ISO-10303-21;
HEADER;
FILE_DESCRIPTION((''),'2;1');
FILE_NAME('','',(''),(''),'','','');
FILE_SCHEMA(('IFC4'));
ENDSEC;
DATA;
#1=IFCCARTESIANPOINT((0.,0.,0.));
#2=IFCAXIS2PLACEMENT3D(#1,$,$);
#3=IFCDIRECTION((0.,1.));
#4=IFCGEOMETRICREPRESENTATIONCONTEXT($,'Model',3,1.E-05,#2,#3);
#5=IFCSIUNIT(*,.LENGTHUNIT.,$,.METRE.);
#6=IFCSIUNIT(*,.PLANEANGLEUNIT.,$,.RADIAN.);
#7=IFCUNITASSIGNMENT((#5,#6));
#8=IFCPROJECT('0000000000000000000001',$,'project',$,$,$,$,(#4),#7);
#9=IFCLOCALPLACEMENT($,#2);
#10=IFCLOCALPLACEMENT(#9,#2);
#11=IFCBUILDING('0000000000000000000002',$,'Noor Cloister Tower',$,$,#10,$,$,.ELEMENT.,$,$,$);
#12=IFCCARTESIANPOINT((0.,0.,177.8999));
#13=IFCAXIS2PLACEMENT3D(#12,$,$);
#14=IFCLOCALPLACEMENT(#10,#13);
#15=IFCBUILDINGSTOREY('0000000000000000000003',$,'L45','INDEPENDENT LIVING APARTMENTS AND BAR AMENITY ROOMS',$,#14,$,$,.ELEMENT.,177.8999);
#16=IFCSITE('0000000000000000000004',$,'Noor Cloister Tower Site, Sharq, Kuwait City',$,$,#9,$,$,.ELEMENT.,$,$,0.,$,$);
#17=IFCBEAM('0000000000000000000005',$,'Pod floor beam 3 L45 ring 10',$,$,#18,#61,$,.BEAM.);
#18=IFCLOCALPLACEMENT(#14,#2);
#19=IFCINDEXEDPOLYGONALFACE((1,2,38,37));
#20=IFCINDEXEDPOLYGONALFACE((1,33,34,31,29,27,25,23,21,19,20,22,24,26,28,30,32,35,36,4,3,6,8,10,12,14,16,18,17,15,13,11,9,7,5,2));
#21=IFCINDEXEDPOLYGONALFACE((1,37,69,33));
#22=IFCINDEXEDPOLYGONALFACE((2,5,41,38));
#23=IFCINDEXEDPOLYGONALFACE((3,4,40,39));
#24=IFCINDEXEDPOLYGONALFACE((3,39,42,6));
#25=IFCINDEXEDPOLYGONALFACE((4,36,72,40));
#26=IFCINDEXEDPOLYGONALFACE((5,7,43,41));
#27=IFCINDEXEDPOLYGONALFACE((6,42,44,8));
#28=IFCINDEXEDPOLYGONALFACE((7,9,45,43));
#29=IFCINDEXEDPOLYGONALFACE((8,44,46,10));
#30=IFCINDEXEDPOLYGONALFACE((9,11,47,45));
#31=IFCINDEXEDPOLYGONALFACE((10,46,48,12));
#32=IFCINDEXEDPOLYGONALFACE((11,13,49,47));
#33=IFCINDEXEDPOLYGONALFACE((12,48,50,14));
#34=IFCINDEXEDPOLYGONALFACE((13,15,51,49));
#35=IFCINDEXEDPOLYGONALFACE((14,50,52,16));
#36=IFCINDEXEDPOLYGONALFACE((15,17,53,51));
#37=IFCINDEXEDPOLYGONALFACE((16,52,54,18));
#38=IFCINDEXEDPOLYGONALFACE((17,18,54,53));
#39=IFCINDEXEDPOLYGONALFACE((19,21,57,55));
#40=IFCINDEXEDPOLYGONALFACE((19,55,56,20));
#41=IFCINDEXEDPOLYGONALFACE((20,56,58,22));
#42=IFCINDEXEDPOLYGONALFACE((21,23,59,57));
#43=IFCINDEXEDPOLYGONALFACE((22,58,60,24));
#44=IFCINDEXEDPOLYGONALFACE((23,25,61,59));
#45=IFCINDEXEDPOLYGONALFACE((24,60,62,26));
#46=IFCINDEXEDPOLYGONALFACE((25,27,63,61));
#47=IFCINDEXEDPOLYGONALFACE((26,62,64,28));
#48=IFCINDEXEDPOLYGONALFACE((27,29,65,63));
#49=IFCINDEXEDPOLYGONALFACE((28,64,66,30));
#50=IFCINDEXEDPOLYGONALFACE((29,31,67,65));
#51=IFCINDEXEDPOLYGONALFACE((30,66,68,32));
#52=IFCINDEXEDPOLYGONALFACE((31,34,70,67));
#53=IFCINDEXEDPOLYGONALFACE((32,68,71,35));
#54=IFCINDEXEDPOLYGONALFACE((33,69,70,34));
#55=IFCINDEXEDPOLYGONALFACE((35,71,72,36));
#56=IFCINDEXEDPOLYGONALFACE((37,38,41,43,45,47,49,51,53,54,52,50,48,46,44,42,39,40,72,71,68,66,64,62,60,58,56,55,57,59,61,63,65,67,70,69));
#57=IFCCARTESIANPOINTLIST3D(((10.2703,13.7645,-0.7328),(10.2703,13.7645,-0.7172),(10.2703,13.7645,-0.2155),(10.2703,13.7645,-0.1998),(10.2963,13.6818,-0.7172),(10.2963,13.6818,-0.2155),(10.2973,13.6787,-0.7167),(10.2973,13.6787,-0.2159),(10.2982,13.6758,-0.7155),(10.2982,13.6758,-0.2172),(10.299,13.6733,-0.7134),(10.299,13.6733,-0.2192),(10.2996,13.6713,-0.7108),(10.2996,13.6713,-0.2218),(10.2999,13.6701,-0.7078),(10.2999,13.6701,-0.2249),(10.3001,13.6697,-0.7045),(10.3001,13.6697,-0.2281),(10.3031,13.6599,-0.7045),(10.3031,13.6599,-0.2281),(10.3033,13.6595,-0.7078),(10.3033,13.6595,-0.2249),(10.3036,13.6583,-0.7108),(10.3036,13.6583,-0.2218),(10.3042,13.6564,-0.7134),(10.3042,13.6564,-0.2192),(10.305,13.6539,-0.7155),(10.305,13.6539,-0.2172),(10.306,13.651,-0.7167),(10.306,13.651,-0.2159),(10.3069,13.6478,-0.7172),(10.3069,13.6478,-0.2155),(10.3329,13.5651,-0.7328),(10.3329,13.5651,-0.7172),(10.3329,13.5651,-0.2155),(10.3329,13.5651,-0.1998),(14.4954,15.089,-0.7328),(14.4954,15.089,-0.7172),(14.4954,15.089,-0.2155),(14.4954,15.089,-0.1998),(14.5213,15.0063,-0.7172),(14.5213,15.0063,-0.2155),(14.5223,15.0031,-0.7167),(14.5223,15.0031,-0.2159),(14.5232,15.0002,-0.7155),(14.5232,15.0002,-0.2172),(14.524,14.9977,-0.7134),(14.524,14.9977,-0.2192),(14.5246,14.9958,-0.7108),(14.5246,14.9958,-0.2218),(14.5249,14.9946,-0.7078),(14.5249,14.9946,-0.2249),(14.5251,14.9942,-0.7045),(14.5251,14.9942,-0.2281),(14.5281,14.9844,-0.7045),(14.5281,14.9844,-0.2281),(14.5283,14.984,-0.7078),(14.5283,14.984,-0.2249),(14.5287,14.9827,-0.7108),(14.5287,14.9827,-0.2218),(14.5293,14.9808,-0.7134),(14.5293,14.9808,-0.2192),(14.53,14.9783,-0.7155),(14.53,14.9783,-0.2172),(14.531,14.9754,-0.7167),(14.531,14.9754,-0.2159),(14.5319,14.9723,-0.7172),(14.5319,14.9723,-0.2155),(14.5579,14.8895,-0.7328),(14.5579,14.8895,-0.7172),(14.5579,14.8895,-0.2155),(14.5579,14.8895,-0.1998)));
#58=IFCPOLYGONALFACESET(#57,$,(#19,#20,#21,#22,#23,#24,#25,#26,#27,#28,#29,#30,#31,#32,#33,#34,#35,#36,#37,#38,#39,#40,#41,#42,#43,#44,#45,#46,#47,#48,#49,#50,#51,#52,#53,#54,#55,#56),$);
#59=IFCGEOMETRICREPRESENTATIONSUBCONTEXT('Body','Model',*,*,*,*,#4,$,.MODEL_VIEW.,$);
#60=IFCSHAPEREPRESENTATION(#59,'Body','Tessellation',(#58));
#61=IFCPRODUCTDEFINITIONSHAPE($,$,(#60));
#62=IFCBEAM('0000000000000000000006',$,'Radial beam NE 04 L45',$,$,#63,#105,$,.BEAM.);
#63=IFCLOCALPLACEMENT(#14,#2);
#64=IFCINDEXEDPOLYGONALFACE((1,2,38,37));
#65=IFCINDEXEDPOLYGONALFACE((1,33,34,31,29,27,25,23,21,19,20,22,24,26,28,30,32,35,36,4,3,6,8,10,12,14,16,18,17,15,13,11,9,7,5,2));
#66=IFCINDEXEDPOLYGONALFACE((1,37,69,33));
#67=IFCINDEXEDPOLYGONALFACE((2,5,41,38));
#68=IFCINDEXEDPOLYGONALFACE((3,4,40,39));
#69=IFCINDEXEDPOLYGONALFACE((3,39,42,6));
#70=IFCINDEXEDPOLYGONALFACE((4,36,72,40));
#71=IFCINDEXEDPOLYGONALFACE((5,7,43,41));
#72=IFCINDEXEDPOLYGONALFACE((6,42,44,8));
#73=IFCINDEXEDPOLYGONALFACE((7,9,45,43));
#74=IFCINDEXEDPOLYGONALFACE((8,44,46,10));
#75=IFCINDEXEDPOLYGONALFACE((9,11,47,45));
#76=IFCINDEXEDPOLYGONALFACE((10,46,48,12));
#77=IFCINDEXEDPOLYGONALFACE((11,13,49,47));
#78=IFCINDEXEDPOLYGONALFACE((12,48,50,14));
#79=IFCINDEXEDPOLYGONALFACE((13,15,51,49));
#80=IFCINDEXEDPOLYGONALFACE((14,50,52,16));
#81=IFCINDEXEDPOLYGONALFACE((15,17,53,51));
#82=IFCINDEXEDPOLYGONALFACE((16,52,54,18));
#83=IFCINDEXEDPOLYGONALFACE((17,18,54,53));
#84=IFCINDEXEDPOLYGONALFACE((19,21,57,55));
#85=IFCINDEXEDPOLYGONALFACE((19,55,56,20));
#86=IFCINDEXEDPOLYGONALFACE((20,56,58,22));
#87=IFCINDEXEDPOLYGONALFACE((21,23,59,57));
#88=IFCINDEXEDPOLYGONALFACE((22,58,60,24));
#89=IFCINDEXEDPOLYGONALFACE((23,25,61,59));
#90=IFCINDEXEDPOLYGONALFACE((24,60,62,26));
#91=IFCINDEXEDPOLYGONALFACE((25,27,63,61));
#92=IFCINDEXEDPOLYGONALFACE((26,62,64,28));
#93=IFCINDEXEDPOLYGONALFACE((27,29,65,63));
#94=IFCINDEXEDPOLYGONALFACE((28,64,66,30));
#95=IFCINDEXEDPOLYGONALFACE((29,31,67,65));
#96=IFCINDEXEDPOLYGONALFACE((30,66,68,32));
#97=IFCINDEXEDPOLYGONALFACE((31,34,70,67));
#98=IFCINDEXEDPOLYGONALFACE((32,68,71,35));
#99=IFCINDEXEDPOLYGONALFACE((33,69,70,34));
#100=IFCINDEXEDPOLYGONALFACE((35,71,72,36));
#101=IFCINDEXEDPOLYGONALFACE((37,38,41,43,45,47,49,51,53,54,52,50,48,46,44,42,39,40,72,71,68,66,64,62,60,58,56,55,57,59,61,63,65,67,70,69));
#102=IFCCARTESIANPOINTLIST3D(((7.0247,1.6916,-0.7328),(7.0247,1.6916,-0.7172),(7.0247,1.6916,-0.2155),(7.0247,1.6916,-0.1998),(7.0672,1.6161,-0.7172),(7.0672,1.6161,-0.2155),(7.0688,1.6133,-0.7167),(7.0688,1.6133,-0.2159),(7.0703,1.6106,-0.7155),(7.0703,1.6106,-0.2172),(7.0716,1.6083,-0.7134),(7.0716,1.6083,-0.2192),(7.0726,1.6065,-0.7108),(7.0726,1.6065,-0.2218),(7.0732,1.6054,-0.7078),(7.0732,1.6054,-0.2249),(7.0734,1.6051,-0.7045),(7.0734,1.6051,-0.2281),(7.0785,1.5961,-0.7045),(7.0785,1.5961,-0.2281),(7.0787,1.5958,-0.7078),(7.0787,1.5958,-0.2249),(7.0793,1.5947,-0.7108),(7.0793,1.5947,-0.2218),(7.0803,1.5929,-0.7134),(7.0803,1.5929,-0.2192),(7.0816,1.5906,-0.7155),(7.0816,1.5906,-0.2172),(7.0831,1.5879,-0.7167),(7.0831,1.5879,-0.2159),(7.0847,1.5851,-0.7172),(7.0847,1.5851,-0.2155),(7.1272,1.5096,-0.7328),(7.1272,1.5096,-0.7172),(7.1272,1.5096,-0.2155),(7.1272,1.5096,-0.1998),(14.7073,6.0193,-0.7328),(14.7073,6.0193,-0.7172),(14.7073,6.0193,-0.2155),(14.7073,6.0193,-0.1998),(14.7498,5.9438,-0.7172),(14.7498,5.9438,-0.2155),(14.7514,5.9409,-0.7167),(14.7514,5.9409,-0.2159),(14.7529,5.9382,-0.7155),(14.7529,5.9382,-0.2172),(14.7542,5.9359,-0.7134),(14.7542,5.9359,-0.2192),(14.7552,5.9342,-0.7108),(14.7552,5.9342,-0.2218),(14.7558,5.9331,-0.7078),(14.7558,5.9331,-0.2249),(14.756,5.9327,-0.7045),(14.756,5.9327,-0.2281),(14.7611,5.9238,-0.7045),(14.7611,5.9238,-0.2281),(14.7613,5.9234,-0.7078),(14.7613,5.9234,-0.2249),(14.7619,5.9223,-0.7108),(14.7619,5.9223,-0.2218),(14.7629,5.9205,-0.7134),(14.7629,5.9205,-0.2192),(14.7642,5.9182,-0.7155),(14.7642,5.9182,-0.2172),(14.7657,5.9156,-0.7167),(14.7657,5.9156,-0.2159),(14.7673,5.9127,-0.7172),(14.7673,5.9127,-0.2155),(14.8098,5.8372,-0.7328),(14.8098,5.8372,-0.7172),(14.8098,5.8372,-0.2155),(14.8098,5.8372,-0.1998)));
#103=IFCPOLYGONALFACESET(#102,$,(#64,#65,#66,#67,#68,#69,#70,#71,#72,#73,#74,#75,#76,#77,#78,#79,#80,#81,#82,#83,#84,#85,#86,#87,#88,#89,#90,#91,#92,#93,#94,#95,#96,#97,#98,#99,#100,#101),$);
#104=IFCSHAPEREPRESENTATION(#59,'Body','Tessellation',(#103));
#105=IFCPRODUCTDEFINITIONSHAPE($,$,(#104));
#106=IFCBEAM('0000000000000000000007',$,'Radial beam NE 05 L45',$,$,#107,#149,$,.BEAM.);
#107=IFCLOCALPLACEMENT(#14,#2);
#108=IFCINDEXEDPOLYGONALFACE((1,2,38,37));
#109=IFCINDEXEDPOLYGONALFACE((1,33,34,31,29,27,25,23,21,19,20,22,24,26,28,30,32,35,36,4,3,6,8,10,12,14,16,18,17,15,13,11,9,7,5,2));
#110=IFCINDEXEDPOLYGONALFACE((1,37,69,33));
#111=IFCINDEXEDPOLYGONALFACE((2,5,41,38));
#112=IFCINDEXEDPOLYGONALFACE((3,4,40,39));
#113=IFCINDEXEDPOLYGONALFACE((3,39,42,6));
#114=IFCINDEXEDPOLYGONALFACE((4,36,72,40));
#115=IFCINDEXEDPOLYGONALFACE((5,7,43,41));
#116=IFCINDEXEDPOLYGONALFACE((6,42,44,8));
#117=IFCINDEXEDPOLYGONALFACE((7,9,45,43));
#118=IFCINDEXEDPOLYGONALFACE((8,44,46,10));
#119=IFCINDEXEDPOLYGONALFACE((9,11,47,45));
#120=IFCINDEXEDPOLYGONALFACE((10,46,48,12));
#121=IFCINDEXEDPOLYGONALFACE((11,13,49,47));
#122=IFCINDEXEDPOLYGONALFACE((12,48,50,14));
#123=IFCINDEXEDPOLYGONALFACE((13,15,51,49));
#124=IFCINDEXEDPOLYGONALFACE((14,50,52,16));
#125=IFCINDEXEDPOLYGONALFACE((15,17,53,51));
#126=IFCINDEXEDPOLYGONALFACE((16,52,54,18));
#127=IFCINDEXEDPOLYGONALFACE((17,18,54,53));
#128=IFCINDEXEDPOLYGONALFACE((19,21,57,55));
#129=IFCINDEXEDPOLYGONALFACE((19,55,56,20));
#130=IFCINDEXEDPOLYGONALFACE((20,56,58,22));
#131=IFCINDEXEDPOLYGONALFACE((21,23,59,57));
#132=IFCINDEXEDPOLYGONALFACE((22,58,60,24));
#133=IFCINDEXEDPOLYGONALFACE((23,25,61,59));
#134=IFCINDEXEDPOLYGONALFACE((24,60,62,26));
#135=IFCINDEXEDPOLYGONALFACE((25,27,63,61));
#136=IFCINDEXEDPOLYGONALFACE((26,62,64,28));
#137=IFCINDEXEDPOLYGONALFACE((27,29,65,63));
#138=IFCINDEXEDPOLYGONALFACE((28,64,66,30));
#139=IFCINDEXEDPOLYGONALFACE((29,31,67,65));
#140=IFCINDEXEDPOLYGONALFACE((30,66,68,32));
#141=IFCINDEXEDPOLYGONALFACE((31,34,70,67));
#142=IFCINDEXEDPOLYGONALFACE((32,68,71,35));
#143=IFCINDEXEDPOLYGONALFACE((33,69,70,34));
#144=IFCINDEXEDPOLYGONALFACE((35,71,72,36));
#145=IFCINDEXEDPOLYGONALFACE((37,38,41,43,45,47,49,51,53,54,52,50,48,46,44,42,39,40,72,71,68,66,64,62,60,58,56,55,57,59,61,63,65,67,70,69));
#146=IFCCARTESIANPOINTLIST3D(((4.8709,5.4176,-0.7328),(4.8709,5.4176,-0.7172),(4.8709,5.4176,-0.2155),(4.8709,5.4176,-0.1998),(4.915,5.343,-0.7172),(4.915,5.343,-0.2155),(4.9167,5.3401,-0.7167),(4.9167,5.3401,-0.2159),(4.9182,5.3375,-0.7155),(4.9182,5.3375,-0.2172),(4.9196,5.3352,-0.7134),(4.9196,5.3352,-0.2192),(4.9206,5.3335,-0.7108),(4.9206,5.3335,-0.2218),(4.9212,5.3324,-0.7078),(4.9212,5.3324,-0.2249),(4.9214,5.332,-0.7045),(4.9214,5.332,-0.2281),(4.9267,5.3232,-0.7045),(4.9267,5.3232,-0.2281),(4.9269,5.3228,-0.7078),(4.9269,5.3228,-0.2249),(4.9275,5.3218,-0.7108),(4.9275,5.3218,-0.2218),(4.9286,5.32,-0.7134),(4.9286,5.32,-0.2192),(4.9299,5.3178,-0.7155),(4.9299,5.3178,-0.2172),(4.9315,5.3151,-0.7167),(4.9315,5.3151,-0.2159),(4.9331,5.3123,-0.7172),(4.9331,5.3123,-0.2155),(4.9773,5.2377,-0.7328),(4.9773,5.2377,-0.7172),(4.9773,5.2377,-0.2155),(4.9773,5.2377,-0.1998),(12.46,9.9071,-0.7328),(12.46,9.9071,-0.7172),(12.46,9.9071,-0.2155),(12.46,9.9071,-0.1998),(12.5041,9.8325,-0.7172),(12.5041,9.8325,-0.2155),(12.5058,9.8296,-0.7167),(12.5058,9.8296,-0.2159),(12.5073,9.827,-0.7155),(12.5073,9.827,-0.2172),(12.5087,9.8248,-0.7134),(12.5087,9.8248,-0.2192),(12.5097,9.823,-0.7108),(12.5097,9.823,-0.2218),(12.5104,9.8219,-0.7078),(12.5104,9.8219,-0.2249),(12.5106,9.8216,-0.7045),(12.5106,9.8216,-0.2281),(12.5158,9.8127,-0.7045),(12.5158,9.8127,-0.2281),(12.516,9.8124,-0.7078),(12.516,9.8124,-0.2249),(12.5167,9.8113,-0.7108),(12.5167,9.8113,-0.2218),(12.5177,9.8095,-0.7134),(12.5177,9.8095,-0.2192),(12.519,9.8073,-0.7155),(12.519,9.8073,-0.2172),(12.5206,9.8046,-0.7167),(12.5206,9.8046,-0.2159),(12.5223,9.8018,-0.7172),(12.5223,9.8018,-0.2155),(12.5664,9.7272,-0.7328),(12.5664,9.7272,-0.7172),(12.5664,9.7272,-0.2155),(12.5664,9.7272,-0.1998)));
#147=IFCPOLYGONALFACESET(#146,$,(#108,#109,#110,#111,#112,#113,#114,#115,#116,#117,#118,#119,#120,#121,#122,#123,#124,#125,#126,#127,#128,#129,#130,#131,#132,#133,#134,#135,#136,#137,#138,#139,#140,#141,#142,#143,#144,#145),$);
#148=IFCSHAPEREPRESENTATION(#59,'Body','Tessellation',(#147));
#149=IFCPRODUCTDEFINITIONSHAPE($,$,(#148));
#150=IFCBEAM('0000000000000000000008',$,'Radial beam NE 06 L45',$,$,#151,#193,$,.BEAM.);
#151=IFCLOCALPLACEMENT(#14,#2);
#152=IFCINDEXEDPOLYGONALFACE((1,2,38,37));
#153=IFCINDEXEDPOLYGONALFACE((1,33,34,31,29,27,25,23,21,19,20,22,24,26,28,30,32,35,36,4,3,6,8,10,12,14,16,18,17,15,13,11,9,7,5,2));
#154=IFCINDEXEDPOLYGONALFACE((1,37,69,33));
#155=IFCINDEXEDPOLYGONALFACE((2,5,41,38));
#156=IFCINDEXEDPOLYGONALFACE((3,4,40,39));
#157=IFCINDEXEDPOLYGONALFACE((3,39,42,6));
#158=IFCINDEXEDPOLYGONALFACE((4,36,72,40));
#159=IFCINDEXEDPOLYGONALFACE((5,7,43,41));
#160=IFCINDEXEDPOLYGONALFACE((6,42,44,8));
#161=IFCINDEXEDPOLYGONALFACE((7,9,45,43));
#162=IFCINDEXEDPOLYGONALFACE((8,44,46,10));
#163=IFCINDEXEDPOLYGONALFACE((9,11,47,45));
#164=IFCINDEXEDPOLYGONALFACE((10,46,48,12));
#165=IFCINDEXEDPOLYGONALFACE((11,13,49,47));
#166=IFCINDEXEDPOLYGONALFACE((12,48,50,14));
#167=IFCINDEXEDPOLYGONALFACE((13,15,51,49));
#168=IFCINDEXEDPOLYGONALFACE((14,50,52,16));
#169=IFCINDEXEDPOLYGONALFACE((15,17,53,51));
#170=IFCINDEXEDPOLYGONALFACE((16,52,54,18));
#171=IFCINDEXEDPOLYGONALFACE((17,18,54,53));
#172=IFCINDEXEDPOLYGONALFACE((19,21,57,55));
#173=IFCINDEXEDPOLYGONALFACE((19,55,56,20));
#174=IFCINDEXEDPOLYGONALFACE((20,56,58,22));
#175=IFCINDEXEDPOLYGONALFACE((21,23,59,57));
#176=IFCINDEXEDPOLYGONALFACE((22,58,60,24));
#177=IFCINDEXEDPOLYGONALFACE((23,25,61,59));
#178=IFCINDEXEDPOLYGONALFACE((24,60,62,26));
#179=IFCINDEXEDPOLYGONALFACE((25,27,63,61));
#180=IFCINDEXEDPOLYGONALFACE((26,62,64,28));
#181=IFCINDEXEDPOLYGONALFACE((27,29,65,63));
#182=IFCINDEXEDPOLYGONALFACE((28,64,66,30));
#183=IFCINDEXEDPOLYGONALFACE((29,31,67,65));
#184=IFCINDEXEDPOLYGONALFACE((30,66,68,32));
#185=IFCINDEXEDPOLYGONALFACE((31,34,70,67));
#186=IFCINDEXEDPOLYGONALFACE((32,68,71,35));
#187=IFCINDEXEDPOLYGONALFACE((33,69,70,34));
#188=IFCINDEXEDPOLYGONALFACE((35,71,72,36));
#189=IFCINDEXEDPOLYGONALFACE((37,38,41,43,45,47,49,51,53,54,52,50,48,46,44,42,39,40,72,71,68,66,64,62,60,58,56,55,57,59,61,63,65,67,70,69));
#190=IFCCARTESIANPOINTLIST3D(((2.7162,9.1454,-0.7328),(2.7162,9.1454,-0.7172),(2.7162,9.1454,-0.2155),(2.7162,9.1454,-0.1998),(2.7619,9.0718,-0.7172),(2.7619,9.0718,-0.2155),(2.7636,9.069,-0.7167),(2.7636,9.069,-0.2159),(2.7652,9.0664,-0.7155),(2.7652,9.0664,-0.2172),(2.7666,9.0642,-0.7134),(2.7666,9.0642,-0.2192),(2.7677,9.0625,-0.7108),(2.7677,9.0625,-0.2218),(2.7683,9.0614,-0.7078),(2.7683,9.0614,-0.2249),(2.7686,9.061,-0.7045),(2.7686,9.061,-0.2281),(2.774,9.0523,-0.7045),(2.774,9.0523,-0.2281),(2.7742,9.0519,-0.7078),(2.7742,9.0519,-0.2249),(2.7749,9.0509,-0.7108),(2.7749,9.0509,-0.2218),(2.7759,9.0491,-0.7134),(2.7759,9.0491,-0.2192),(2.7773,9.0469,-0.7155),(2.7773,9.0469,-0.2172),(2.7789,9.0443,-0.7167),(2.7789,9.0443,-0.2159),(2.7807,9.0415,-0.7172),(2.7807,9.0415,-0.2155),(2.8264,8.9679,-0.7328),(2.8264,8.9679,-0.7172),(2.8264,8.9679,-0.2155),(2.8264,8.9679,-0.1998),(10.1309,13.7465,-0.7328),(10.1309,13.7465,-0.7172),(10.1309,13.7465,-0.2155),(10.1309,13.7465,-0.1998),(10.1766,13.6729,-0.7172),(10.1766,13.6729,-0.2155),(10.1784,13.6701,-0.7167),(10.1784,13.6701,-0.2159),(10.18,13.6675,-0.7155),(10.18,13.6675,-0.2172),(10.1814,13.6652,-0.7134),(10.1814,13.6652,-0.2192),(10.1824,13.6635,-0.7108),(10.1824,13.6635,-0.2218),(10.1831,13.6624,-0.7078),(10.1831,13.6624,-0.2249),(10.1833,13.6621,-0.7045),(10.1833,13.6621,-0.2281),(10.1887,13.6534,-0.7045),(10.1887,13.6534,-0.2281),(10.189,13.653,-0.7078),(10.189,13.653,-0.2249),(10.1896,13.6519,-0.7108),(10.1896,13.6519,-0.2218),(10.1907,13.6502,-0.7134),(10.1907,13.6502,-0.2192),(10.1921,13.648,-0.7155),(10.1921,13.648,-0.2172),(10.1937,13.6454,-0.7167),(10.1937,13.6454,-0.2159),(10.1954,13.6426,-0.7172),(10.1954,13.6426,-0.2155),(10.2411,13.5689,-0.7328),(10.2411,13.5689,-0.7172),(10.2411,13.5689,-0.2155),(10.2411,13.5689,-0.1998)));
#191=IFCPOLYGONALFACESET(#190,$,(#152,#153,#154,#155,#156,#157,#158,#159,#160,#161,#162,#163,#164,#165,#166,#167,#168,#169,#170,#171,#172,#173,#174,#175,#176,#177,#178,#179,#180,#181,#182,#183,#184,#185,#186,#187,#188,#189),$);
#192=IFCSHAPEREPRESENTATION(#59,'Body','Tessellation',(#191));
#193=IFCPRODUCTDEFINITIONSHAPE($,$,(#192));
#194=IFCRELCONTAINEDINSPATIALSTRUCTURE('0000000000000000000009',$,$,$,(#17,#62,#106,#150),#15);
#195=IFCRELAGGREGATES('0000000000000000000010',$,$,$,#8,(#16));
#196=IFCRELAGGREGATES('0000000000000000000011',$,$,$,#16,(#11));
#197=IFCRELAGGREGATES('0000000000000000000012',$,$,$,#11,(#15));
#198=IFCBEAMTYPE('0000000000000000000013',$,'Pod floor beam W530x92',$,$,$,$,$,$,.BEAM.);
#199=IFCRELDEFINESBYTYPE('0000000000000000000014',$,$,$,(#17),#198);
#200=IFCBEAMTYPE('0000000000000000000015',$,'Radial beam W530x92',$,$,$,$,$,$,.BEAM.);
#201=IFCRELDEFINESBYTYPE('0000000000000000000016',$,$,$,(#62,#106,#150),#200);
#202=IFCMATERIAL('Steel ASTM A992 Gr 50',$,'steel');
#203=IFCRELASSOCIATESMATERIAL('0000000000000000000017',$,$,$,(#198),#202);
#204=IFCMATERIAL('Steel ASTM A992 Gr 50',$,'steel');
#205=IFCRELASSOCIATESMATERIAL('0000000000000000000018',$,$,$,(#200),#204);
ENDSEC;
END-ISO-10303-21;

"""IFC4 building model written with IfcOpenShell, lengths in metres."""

from ifc_helpers import new_model, si_unit, direction, frame, origin, origin_2d, place, context, subcontext, project, spatial, i_section, extrude, material, material_profile, profile_set, type_object, element, save


model = new_model("IFC4")

# Units and contexts
model_context = context("Model", 3, precision=1e-05, world=origin(), true_north=direction((0.0, 1.0)))
body_context = subcontext(model_context, "Body", "Model", "MODEL_VIEW")
ifc_project = project(units=[si_unit("LENGTHUNIT", "METRE"), si_unit("PLANEANGLEUNIT", "RADIAN")], contexts=[model_context])

# Site, building, storey
site_placement = place(None, origin())
site = spatial("IfcSite", under=ifc_project, at=site_placement, Name="Noor Cloister Tower Site, Sharq, Kuwait City", CompositionType="ELEMENT", RefElevation=0.0)
building_placement = place(site_placement, origin())
building = spatial("IfcBuilding", under=site, at=building_placement, Name="Noor Cloister Tower", CompositionType="ELEMENT")
storey_placement = place(building_placement, frame((0.0, 0.0, 177.8999)))
storey = spatial("IfcBuildingStorey", under=building, at=storey_placement, Name="L45", Description="INDEPENDENT LIVING APARTMENTS AND BAR AMENITY ROOMS", CompositionType="ELEMENT", Elevation=177.8999)

# Beams
ifc_material_1 = material(Name="Steel ASTM A992 Gr 50", Category="steel")
ifc_material_profile_1 = material_profile(ifc_material_1, i_section(OverallWidth=0.209, OverallDepth=0.533, WebThickness=0.0103, FlangeThickness=0.0156, FilletRadius=0.0127, at=origin_2d()), Name="W530x92")
ifc_profile_set_1 = profile_set([ifc_material_profile_1], Name="Steel ASTM A992 Gr 50")
beam_type_1 = type_object("IfcBeamType", Name="Pod floor beam W530x92", PredefinedType="BEAM", material=ifc_profile_set_1)
beam_1_placement = place(storey_placement, frame((14.5266, 14.9893, -0.4663), z_axis=(-0.954215, -0.299123, 0.0), x_axis=(0.299123, -0.954215, 0.0)))
element("IfcBeam", 1, at=beam_1_placement, inside=storey, type_object=beam_type_1, Name="Pod floor beam 3 L45 ring 10", PredefinedType="BEAM", context=body_context, shape_type="SweptSolid", body=[
    extrude(i_section(OverallWidth=0.209, OverallDepth=0.533, WebThickness=0.0103, FlangeThickness=0.0156, FilletRadius=0.0127, at=origin_2d()), origin(), (0.0, 0.0, 1.0), 4.4277),
])
ifc_material_2 = material(Name="Steel ASTM A992 Gr 50", Category="steel")
ifc_material_profile_2 = material_profile(ifc_material_2, i_section(OverallWidth=0.209, OverallDepth=0.533, WebThickness=0.0103, FlangeThickness=0.0156, FilletRadius=0.0127, at=origin_2d()), Name="W530x92")
ifc_profile_set_2 = profile_set([ifc_material_profile_2], Name="Steel ASTM A992 Gr 50")
beam_type_2 = type_object("IfcBeamType", Name="Radial beam W530x92", PredefinedType="BEAM", material=ifc_profile_set_2)
for number, where, z_axis, x_axis, name in (
    (2, (14.7585, 5.9282, -0.4663), (-0.871277, -0.490792, 0.0), (0.490792, -0.871277, 0.0), "Radial beam NE 04 L45"),
    (3, (12.5132, 9.8171, -0.4663), (-0.860677, -0.509152, 0.0), (0.509152, -0.860677, 0.0), "Radial beam NE 05 L45"),
):
    element("IfcBeam", number, at=place(storey_placement, frame(where, z_axis=z_axis, x_axis=x_axis)), inside=storey, type_object=beam_type_2, Name=name, PredefinedType="BEAM", context=body_context, shape_type="SweptSolid", body=[
        extrude(i_section(OverallWidth=0.209, OverallDepth=0.533, WebThickness=0.0103, FlangeThickness=0.0156, FilletRadius=0.0127, at=origin_2d()), origin(), (0.0, 0.0, 1.0), 8.8176),
    ])
beam_2_placement = place(storey_placement, frame((10.186, 13.6577, -0.4663), z_axis=(-0.849702, -0.527263, 0.0), x_axis=(0.527263, -0.849702, 0.0)))
element("IfcBeam", 4, at=beam_2_placement, inside=storey, type_object=beam_type_2, Name="Radial beam NE 06 L45", PredefinedType="BEAM", context=body_context, shape_type="SweptSolid", body=[
    extrude(i_section(OverallWidth=0.209, OverallDepth=0.533, WebThickness=0.0103, FlangeThickness=0.0156, FilletRadius=0.0127, at=origin_2d()), origin(), (0.0, 0.0, 1.0), 8.7263),
])

save(model, "model.ifc")
